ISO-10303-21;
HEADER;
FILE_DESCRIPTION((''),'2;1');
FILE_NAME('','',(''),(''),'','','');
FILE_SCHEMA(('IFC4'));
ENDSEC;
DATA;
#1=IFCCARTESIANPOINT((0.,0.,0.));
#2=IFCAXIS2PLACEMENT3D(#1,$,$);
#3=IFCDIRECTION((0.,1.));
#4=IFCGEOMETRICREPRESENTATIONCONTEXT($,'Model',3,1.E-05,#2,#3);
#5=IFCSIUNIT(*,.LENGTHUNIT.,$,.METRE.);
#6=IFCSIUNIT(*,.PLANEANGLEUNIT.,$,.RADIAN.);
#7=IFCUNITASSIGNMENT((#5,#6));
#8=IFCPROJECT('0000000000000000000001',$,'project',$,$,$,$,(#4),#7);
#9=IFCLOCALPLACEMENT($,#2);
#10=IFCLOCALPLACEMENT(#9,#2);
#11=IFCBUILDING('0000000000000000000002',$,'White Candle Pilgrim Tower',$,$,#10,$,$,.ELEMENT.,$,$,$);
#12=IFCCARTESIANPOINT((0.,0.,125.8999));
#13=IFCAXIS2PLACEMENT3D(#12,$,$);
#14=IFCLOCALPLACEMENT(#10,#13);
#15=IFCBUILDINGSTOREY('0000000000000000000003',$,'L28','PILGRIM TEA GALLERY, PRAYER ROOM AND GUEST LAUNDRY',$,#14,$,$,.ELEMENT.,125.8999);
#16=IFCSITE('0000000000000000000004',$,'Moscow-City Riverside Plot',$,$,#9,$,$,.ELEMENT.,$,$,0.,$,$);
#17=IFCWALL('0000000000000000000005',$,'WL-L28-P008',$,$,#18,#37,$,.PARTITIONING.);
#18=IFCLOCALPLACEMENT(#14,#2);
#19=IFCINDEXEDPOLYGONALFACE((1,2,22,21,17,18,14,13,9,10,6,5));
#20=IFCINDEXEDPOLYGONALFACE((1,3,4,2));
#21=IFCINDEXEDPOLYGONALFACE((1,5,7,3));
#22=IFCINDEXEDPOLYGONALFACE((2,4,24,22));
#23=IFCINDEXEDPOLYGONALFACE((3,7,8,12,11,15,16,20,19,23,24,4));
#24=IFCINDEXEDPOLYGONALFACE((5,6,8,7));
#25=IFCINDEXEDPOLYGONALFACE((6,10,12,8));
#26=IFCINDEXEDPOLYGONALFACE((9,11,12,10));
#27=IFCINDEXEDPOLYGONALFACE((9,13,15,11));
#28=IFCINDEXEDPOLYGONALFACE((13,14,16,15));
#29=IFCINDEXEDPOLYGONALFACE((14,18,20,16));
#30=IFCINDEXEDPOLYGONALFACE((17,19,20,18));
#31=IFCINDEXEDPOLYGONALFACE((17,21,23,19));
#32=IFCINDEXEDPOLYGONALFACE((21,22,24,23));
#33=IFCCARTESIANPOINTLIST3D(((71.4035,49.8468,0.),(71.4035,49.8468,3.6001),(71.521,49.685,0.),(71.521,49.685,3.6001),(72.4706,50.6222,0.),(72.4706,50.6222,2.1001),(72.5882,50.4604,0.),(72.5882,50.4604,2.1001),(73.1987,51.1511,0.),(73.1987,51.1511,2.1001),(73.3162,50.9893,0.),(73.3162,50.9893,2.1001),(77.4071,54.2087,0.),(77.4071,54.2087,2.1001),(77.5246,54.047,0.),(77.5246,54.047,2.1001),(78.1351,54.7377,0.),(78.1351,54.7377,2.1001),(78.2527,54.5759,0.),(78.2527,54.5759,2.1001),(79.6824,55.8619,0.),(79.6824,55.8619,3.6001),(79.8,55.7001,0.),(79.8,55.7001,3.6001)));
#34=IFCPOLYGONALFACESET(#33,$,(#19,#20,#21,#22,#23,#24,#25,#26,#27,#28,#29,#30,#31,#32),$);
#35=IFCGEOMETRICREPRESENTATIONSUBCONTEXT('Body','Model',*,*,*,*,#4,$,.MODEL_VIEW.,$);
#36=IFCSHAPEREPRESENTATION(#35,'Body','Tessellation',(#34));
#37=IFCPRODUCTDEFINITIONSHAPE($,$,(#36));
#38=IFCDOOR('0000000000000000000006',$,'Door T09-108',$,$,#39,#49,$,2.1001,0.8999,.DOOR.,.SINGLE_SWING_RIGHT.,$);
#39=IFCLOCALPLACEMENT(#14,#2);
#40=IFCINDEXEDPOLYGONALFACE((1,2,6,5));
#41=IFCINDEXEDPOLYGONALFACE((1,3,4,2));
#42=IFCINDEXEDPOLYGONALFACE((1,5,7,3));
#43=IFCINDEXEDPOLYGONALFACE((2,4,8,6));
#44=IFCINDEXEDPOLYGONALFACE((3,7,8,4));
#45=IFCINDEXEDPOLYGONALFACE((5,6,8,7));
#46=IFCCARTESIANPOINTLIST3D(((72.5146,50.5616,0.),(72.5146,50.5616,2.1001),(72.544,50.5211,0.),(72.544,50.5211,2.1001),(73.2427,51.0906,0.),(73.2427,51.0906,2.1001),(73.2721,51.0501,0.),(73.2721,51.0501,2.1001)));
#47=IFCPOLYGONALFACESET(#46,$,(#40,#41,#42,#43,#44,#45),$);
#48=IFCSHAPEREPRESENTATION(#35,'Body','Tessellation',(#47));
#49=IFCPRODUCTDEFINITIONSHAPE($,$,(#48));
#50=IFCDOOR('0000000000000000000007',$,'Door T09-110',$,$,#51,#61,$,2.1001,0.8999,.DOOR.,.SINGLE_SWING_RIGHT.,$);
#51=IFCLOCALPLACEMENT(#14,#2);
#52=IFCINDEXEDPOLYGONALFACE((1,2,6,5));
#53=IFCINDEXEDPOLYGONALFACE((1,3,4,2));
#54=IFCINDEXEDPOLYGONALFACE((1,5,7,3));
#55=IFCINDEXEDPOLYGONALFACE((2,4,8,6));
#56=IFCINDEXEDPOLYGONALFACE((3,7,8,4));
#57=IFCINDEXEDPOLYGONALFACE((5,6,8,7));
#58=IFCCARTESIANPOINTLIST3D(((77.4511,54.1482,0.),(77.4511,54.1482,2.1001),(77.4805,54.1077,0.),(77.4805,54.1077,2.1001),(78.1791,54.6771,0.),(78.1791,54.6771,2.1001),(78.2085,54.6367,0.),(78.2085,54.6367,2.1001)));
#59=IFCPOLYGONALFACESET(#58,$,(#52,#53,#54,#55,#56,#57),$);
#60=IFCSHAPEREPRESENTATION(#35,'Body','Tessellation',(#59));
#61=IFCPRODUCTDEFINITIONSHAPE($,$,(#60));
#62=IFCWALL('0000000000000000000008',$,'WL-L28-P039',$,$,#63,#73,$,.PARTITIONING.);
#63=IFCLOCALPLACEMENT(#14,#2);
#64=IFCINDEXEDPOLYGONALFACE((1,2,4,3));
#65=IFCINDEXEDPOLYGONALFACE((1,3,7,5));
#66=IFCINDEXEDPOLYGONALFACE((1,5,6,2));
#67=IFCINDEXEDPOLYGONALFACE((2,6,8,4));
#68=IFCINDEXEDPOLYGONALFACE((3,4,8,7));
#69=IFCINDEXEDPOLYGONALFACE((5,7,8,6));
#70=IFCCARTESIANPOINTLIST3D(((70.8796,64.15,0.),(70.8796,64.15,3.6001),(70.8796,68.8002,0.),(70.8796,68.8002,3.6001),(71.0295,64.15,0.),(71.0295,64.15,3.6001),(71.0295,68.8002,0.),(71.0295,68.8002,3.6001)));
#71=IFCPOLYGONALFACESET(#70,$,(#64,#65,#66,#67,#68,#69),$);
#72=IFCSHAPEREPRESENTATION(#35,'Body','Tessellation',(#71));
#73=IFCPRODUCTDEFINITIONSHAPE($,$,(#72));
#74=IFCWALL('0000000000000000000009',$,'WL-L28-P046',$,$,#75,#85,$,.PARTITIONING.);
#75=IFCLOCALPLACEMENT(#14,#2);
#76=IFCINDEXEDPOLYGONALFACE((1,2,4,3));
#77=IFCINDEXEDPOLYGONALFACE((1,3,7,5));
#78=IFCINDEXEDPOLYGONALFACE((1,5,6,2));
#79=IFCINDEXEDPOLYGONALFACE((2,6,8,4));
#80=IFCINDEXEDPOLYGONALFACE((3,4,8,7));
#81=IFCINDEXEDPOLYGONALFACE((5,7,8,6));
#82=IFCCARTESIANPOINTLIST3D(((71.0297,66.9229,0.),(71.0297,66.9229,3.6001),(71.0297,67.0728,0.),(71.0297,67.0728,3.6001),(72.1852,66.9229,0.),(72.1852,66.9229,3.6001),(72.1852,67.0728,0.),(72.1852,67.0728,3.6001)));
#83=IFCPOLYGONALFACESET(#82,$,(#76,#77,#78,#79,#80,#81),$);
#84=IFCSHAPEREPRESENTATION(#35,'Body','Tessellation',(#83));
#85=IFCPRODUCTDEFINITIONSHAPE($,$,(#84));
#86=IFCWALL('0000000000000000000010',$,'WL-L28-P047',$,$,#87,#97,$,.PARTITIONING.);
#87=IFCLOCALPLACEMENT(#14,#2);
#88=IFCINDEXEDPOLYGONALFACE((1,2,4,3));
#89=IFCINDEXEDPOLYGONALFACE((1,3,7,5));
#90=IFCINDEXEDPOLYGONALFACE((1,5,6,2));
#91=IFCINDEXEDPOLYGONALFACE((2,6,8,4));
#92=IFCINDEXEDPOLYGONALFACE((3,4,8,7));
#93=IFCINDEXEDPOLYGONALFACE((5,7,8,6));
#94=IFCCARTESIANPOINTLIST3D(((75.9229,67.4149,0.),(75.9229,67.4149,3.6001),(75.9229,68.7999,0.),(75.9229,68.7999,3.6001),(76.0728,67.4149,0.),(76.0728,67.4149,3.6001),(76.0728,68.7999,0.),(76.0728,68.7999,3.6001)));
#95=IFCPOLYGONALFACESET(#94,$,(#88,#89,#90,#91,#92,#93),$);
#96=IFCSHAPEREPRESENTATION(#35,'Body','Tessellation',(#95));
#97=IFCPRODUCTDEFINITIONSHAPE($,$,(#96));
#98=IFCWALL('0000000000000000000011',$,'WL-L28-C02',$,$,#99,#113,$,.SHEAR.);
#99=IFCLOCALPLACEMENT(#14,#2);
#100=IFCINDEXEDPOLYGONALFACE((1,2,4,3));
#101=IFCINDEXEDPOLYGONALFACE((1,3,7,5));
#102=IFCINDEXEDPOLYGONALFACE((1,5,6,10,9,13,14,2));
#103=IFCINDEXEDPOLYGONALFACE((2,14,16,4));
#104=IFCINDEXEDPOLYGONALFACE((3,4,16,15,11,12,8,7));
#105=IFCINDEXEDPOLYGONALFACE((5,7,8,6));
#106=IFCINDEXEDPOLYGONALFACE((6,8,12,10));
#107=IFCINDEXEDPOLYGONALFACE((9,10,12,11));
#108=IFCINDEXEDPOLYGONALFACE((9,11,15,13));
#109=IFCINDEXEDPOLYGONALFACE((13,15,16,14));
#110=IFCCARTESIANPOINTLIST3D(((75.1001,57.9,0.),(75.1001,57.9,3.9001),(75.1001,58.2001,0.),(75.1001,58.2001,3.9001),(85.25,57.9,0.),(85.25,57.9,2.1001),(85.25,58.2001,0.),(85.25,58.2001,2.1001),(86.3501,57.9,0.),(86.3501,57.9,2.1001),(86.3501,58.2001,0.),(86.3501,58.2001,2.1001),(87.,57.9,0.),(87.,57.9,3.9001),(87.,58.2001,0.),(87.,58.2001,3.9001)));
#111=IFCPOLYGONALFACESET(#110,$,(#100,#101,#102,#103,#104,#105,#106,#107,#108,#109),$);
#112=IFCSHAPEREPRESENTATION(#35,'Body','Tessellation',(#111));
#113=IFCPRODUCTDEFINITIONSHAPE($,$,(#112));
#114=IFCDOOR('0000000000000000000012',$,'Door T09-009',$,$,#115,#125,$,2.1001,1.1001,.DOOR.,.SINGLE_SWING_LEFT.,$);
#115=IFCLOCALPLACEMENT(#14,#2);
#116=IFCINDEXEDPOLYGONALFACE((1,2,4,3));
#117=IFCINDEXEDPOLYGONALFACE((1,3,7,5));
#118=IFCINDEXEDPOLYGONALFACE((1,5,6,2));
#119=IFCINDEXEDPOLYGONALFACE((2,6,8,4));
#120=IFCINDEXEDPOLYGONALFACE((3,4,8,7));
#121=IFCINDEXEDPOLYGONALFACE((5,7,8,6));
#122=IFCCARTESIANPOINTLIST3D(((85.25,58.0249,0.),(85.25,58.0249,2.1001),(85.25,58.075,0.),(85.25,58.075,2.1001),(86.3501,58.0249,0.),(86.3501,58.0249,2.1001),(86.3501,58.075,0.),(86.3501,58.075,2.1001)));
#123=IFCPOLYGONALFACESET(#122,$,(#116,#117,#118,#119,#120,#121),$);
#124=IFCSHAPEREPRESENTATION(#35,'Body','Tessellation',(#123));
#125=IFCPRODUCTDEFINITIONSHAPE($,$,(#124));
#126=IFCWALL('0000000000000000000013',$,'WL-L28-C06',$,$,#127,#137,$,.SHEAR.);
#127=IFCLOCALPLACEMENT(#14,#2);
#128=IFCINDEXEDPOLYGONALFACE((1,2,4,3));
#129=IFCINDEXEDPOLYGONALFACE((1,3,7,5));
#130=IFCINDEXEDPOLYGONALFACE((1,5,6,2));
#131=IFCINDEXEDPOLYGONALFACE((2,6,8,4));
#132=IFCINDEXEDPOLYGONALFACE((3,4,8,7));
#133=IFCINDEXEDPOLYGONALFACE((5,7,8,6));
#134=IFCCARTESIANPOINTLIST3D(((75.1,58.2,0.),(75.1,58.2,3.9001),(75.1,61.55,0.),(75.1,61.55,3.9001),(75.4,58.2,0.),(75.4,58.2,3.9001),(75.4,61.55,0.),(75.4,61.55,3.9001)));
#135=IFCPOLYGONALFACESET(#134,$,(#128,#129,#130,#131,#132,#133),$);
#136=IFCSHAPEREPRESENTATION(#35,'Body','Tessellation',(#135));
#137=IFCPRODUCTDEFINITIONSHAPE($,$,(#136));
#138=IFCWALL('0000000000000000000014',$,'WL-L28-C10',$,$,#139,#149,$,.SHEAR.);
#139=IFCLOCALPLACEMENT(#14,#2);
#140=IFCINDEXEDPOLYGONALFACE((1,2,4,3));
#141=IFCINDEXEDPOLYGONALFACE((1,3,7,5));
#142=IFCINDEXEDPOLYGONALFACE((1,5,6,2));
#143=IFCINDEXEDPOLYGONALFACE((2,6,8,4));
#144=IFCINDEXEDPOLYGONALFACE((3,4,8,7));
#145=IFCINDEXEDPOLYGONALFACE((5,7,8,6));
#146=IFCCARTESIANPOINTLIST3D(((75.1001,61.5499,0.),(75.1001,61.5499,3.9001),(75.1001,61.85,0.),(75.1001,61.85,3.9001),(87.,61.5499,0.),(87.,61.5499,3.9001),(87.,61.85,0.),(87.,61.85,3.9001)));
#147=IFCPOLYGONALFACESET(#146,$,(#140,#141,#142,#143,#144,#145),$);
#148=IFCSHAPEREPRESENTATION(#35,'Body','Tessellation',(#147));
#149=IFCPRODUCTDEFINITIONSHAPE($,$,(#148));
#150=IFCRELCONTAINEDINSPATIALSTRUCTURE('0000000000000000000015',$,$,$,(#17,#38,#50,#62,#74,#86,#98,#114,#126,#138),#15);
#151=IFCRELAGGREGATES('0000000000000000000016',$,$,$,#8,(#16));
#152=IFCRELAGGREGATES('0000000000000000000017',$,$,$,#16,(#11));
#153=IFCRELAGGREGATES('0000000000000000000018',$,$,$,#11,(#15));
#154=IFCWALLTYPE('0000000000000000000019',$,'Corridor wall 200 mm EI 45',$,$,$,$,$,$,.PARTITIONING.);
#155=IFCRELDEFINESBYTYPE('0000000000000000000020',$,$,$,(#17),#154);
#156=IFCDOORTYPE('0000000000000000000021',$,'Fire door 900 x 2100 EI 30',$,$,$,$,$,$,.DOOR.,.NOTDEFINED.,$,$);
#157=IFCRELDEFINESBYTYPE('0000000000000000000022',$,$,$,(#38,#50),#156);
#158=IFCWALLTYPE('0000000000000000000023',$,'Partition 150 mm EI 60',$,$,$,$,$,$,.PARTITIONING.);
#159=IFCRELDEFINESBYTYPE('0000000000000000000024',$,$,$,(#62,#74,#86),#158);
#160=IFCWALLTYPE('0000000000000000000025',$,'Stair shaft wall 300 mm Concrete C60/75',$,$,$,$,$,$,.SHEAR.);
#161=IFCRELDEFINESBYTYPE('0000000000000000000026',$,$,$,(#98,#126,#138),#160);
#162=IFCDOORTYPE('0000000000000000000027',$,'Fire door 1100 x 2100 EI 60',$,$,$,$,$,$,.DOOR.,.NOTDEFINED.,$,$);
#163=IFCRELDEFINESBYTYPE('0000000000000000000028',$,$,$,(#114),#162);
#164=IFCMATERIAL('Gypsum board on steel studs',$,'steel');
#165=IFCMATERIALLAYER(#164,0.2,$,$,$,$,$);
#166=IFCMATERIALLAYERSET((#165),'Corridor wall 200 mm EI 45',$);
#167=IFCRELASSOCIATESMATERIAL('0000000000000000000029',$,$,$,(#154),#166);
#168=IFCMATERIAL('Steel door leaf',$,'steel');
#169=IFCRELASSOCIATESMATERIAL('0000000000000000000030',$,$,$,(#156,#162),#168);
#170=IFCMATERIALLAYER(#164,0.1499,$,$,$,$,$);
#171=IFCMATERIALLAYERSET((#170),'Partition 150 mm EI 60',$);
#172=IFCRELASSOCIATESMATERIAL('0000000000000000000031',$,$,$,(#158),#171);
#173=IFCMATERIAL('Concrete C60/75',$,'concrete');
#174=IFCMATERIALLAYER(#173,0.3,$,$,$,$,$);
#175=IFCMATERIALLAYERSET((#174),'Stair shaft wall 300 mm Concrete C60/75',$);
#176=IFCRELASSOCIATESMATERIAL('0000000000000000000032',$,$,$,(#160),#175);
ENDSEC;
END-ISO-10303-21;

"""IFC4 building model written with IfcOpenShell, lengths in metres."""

from ifc_helpers import new_model, si_unit, direction, frame, frame_2d, origin, place, context, subcontext, project, spatial, rectangle, extrude, material, layer, layer_set, type_object, element, fill, save


model = new_model("IFC4")

# Units and contexts
model_context = context("Model", 3, precision=1e-05, world=origin(), true_north=direction((0.0, 1.0)))
body_context = subcontext(model_context, "Body", "Model", "MODEL_VIEW")
ifc_project = project(units=[si_unit("LENGTHUNIT", "METRE"), si_unit("PLANEANGLEUNIT", "RADIAN")], contexts=[model_context])

# Site, building, storey
site_placement = place(None, origin())
site = spatial("IfcSite", under=ifc_project, at=site_placement, Name="Moscow-City Riverside Plot", CompositionType="ELEMENT", RefElevation=0.0)
building_placement = place(site_placement, origin())
building = spatial("IfcBuilding", under=site, at=building_placement, Name="White Candle Pilgrim Tower", CompositionType="ELEMENT")
storey_placement = place(building_placement, frame((0.0, 0.0, 125.8999)))
storey = spatial("IfcBuildingStorey", under=building, at=storey_placement, Name="L28", Description="PILGRIM TEA GALLERY, PRAYER ROOM AND GUEST LAUNDRY", CompositionType="ELEMENT", Elevation=125.8999)

# Wall, openings, doors
ifc_material_1 = material(Name="Gypsum board on steel studs", Category="steel")
ifc_layer_1 = layer(ifc_material_1, 0.2)
ifc_layer_set_1 = layer_set([ifc_layer_1], Name="Corridor wall 200 mm EI 45")
wall_type_1 = type_object("IfcWallType", Name="Corridor wall 200 mm EI 45", PredefinedType="PARTITIONING", material=ifc_layer_set_1)
wall_1_placement = place(storey_placement, frame((79.7412, 55.781, 0.0), z_axis=(0.0, 0.0, 1.0), x_axis=(-0.809015, -0.587789, 0.0)))
wall_1 = element("IfcWall", 1, at=wall_1_placement, inside=storey, type_object=wall_type_1, Name="WL-L28-P008", PredefinedType="PARTITIONING", context=body_context, shape_type="SweptSolid", body=[
    extrude(rectangle(XDim=10.2334, YDim=0.2, at=frame_2d((5.1167, 0.0))), origin(), (0.0, 0.0, 1.0), 3.6001),
])
opening_1_placement = place(wall_1_placement, frame((8.0144, 0.0, 0.0)))
opening_1 = element("IfcOpeningElement", 2, at=opening_1_placement, cuts=wall_1, PredefinedType="OPENING", context=body_context, shape_type="SweptSolid", body=[
    extrude(rectangle(XDim=0.8999, YDim=2.1001, at=frame_2d((0.45, 1.05))), frame((0.0, 0.1099, 0.0), z_axis=(0.0, -1.0, 0.0), x_axis=(1.0, 0.0, 0.0)), (0.0, 0.0, 1.0), 0.22),
])
opening_2_placement = place(wall_1_placement, frame((1.9126, 0.0, 0.0)))
opening_2 = element("IfcOpeningElement", 3, at=opening_2_placement, cuts=wall_1, PredefinedType="OPENING", context=body_context, shape_type="SweptSolid", body=[
    extrude(rectangle(XDim=0.8999, YDim=2.1001, at=frame_2d((0.45, 1.05))), frame((0.0, 0.1099, 0.0), z_axis=(0.0, -1.0, 0.0), x_axis=(1.0, 0.0, 0.0)), (0.0, 0.0, 1.0), 0.22),
])
ifc_material_2 = material(Name="Steel door leaf", Category="steel")
door_type_1 = type_object("IfcDoorType", Name="Fire door 900 x 2100 EI 30", OperationType="NOTDEFINED", PredefinedType="DOOR", material=ifc_material_2)
door_1_placement = place(opening_1_placement, origin())
door_1 = element("IfcDoor", 4, at=door_1_placement, inside=storey, type_object=door_type_1, Name="Door T09-108", OperationType="SINGLE_SWING_RIGHT", OverallHeight=2.1001, OverallWidth=0.8999, PredefinedType="DOOR", context=body_context, shape_type="SweptSolid", body=[
    extrude(rectangle(XDim=0.8999, YDim=2.1001, at=frame_2d((0.45, 1.05))), frame((0.0, 0.0249, 0.0), z_axis=(0.0, -1.0, 0.0), x_axis=(1.0, 0.0, 0.0)), (0.0, 0.0, 1.0), 0.05),
])
fill(opening_1, door_1)
door_2_placement = place(opening_2_placement, origin())
door_2 = element("IfcDoor", 5, at=door_2_placement, inside=storey, type_object=door_type_1, Name="Door T09-110", OperationType="SINGLE_SWING_RIGHT", OverallHeight=2.1001, OverallWidth=0.8999, PredefinedType="DOOR", context=body_context, shape_type="SweptSolid", body=[
    extrude(rectangle(XDim=0.8999, YDim=2.1001, at=frame_2d((0.45, 1.05))), frame((0.0, 0.0249, 0.0), z_axis=(0.0, -1.0, 0.0), x_axis=(1.0, 0.0, 0.0)), (0.0, 0.0, 1.0), 0.05),
])
fill(opening_2, door_2)

# Walls
ifc_layer_2 = layer(ifc_material_1, 0.1499)
ifc_layer_set_2 = layer_set([ifc_layer_2], Name="Partition 150 mm EI 60")
wall_type_2 = type_object("IfcWallType", Name="Partition 150 mm EI 60", PredefinedType="PARTITIONING", material=ifc_layer_set_2)
wall_2_placement = place(storey_placement, frame((70.9546, 64.1499, 0.0), z_axis=(0.0, 0.0, 1.0), x_axis=(0.0, 1.0, 0.0)))
element("IfcWall", 6, at=wall_2_placement, inside=storey, type_object=wall_type_2, Name="WL-L28-P039", PredefinedType="PARTITIONING", context=body_context, shape_type="SweptSolid", body=[
    extrude(rectangle(XDim=4.6501, YDim=0.1499, at=frame_2d((2.3252, 0.0))), origin(), (0.0, 0.0, 1.0), 3.6001),
])
wall_3_placement = place(storey_placement, frame((72.1851, 66.9978, 0.0), z_axis=(0.0, 0.0, 1.0), x_axis=(-1.0, 0.0, 0.0)))
element("IfcWall", 7, at=wall_3_placement, inside=storey, type_object=wall_type_2, Name="WL-L28-P046", PredefinedType="PARTITIONING", context=body_context, shape_type="SweptSolid", body=[
    extrude(rectangle(XDim=1.1555, YDim=0.1499, at=frame_2d((0.5776, 0.0))), origin(), (0.0, 0.0, 1.0), 3.6001),
])
wall_4_placement = place(storey_placement, frame((75.9978, 67.415, 0.0), z_axis=(0.0, 0.0, 1.0), x_axis=(0.0, 1.0, 0.0)))
element("IfcWall", 8, at=wall_4_placement, inside=storey, type_object=wall_type_2, Name="WL-L28-P047", PredefinedType="PARTITIONING", context=body_context, shape_type="SweptSolid", body=[
    extrude(rectangle(XDim=1.385, YDim=0.1499, at=frame_2d((0.6924, 0.0))), origin(), (0.0, 0.0, 1.0), 3.6001),
])

# Wall, opening, door
ifc_material_3 = material(Name="Concrete C60/75", Category="concrete")
ifc_layer_3 = layer(ifc_material_3, 0.3)
ifc_layer_set_3 = layer_set([ifc_layer_3], Name="Stair shaft wall 300 mm Concrete C60/75")
wall_type_3 = type_object("IfcWallType", Name="Stair shaft wall 300 mm Concrete C60/75", PredefinedType="SHEAR", material=ifc_layer_set_3)
wall_5_placement = place(storey_placement, frame((75.1001, 58.05, 0.0), z_axis=(0.0, 0.0, 1.0), x_axis=(1.0, 0.0, 0.0)))
wall_5 = element("IfcWall", 9, at=wall_5_placement, inside=storey, type_object=wall_type_3, Name="WL-L28-C02", PredefinedType="SHEAR", context=body_context, shape_type="SweptSolid", body=[
    extrude(rectangle(XDim=11.8999, YDim=0.3, at=frame_2d((5.95, 0.0))), origin(), (0.0, 0.0, 1.0), 3.9001),
])
opening_3_placement = place(wall_5_placement, frame((10.1499, 0.0, 0.0)))
opening_3 = element("IfcOpeningElement", 10, at=opening_3_placement, cuts=wall_5, PredefinedType="OPENING", context=body_context, shape_type="SweptSolid", body=[
    extrude(rectangle(XDim=1.1001, YDim=2.1001, at=frame_2d((0.55, 1.05))), frame((0.0, 0.1599, 0.0), z_axis=(0.0, -1.0, 0.0), x_axis=(1.0, 0.0, 0.0)), (0.0, 0.0, 1.0), 0.3201),
])
door_type_2 = type_object("IfcDoorType", Name="Fire door 1100 x 2100 EI 60", OperationType="NOTDEFINED", PredefinedType="DOOR", material=ifc_material_2)
door_3_placement = place(opening_3_placement, origin())
door_3 = element("IfcDoor", 11, at=door_3_placement, inside=storey, type_object=door_type_2, Name="Door T09-009", OperationType="SINGLE_SWING_LEFT", OverallHeight=2.1001, OverallWidth=1.1001, PredefinedType="DOOR", context=body_context, shape_type="SweptSolid", body=[
    extrude(rectangle(XDim=1.1001, YDim=2.1001, at=frame_2d((0.55, 1.05))), frame((0.0, 0.0249, 0.0), z_axis=(0.0, -1.0, 0.0), x_axis=(1.0, 0.0, 0.0)), (0.0, 0.0, 1.0), 0.05),
])
fill(opening_3, door_3)

# Walls
wall_6_placement = place(storey_placement, frame((75.25, 58.2, 0.0), z_axis=(0.0, 0.0, 1.0), x_axis=(0.0, 1.0, 0.0)))
element("IfcWall", 12, at=wall_6_placement, inside=storey, type_object=wall_type_3, Name="WL-L28-C06", PredefinedType="SHEAR", context=body_context, shape_type="SweptSolid", body=[
    extrude(rectangle(XDim=3.3501, YDim=0.3, at=frame_2d((1.675, 0.0))), origin(), (0.0, 0.0, 1.0), 3.9001),
])
wall_7_placement = place(storey_placement, frame((75.1001, 61.7, 0.0), z_axis=(0.0, 0.0, 1.0), x_axis=(1.0, 0.0, 0.0)))
element("IfcWall", 13, at=wall_7_placement, inside=storey, type_object=wall_type_3, Name="WL-L28-C10", PredefinedType="SHEAR", context=body_context, shape_type="SweptSolid", body=[
    extrude(rectangle(XDim=11.8999, YDim=0.3, at=frame_2d((5.95, 0.0))), origin(), (0.0, 0.0, 1.0), 3.9001),
])

save(model, "model.ifc")
